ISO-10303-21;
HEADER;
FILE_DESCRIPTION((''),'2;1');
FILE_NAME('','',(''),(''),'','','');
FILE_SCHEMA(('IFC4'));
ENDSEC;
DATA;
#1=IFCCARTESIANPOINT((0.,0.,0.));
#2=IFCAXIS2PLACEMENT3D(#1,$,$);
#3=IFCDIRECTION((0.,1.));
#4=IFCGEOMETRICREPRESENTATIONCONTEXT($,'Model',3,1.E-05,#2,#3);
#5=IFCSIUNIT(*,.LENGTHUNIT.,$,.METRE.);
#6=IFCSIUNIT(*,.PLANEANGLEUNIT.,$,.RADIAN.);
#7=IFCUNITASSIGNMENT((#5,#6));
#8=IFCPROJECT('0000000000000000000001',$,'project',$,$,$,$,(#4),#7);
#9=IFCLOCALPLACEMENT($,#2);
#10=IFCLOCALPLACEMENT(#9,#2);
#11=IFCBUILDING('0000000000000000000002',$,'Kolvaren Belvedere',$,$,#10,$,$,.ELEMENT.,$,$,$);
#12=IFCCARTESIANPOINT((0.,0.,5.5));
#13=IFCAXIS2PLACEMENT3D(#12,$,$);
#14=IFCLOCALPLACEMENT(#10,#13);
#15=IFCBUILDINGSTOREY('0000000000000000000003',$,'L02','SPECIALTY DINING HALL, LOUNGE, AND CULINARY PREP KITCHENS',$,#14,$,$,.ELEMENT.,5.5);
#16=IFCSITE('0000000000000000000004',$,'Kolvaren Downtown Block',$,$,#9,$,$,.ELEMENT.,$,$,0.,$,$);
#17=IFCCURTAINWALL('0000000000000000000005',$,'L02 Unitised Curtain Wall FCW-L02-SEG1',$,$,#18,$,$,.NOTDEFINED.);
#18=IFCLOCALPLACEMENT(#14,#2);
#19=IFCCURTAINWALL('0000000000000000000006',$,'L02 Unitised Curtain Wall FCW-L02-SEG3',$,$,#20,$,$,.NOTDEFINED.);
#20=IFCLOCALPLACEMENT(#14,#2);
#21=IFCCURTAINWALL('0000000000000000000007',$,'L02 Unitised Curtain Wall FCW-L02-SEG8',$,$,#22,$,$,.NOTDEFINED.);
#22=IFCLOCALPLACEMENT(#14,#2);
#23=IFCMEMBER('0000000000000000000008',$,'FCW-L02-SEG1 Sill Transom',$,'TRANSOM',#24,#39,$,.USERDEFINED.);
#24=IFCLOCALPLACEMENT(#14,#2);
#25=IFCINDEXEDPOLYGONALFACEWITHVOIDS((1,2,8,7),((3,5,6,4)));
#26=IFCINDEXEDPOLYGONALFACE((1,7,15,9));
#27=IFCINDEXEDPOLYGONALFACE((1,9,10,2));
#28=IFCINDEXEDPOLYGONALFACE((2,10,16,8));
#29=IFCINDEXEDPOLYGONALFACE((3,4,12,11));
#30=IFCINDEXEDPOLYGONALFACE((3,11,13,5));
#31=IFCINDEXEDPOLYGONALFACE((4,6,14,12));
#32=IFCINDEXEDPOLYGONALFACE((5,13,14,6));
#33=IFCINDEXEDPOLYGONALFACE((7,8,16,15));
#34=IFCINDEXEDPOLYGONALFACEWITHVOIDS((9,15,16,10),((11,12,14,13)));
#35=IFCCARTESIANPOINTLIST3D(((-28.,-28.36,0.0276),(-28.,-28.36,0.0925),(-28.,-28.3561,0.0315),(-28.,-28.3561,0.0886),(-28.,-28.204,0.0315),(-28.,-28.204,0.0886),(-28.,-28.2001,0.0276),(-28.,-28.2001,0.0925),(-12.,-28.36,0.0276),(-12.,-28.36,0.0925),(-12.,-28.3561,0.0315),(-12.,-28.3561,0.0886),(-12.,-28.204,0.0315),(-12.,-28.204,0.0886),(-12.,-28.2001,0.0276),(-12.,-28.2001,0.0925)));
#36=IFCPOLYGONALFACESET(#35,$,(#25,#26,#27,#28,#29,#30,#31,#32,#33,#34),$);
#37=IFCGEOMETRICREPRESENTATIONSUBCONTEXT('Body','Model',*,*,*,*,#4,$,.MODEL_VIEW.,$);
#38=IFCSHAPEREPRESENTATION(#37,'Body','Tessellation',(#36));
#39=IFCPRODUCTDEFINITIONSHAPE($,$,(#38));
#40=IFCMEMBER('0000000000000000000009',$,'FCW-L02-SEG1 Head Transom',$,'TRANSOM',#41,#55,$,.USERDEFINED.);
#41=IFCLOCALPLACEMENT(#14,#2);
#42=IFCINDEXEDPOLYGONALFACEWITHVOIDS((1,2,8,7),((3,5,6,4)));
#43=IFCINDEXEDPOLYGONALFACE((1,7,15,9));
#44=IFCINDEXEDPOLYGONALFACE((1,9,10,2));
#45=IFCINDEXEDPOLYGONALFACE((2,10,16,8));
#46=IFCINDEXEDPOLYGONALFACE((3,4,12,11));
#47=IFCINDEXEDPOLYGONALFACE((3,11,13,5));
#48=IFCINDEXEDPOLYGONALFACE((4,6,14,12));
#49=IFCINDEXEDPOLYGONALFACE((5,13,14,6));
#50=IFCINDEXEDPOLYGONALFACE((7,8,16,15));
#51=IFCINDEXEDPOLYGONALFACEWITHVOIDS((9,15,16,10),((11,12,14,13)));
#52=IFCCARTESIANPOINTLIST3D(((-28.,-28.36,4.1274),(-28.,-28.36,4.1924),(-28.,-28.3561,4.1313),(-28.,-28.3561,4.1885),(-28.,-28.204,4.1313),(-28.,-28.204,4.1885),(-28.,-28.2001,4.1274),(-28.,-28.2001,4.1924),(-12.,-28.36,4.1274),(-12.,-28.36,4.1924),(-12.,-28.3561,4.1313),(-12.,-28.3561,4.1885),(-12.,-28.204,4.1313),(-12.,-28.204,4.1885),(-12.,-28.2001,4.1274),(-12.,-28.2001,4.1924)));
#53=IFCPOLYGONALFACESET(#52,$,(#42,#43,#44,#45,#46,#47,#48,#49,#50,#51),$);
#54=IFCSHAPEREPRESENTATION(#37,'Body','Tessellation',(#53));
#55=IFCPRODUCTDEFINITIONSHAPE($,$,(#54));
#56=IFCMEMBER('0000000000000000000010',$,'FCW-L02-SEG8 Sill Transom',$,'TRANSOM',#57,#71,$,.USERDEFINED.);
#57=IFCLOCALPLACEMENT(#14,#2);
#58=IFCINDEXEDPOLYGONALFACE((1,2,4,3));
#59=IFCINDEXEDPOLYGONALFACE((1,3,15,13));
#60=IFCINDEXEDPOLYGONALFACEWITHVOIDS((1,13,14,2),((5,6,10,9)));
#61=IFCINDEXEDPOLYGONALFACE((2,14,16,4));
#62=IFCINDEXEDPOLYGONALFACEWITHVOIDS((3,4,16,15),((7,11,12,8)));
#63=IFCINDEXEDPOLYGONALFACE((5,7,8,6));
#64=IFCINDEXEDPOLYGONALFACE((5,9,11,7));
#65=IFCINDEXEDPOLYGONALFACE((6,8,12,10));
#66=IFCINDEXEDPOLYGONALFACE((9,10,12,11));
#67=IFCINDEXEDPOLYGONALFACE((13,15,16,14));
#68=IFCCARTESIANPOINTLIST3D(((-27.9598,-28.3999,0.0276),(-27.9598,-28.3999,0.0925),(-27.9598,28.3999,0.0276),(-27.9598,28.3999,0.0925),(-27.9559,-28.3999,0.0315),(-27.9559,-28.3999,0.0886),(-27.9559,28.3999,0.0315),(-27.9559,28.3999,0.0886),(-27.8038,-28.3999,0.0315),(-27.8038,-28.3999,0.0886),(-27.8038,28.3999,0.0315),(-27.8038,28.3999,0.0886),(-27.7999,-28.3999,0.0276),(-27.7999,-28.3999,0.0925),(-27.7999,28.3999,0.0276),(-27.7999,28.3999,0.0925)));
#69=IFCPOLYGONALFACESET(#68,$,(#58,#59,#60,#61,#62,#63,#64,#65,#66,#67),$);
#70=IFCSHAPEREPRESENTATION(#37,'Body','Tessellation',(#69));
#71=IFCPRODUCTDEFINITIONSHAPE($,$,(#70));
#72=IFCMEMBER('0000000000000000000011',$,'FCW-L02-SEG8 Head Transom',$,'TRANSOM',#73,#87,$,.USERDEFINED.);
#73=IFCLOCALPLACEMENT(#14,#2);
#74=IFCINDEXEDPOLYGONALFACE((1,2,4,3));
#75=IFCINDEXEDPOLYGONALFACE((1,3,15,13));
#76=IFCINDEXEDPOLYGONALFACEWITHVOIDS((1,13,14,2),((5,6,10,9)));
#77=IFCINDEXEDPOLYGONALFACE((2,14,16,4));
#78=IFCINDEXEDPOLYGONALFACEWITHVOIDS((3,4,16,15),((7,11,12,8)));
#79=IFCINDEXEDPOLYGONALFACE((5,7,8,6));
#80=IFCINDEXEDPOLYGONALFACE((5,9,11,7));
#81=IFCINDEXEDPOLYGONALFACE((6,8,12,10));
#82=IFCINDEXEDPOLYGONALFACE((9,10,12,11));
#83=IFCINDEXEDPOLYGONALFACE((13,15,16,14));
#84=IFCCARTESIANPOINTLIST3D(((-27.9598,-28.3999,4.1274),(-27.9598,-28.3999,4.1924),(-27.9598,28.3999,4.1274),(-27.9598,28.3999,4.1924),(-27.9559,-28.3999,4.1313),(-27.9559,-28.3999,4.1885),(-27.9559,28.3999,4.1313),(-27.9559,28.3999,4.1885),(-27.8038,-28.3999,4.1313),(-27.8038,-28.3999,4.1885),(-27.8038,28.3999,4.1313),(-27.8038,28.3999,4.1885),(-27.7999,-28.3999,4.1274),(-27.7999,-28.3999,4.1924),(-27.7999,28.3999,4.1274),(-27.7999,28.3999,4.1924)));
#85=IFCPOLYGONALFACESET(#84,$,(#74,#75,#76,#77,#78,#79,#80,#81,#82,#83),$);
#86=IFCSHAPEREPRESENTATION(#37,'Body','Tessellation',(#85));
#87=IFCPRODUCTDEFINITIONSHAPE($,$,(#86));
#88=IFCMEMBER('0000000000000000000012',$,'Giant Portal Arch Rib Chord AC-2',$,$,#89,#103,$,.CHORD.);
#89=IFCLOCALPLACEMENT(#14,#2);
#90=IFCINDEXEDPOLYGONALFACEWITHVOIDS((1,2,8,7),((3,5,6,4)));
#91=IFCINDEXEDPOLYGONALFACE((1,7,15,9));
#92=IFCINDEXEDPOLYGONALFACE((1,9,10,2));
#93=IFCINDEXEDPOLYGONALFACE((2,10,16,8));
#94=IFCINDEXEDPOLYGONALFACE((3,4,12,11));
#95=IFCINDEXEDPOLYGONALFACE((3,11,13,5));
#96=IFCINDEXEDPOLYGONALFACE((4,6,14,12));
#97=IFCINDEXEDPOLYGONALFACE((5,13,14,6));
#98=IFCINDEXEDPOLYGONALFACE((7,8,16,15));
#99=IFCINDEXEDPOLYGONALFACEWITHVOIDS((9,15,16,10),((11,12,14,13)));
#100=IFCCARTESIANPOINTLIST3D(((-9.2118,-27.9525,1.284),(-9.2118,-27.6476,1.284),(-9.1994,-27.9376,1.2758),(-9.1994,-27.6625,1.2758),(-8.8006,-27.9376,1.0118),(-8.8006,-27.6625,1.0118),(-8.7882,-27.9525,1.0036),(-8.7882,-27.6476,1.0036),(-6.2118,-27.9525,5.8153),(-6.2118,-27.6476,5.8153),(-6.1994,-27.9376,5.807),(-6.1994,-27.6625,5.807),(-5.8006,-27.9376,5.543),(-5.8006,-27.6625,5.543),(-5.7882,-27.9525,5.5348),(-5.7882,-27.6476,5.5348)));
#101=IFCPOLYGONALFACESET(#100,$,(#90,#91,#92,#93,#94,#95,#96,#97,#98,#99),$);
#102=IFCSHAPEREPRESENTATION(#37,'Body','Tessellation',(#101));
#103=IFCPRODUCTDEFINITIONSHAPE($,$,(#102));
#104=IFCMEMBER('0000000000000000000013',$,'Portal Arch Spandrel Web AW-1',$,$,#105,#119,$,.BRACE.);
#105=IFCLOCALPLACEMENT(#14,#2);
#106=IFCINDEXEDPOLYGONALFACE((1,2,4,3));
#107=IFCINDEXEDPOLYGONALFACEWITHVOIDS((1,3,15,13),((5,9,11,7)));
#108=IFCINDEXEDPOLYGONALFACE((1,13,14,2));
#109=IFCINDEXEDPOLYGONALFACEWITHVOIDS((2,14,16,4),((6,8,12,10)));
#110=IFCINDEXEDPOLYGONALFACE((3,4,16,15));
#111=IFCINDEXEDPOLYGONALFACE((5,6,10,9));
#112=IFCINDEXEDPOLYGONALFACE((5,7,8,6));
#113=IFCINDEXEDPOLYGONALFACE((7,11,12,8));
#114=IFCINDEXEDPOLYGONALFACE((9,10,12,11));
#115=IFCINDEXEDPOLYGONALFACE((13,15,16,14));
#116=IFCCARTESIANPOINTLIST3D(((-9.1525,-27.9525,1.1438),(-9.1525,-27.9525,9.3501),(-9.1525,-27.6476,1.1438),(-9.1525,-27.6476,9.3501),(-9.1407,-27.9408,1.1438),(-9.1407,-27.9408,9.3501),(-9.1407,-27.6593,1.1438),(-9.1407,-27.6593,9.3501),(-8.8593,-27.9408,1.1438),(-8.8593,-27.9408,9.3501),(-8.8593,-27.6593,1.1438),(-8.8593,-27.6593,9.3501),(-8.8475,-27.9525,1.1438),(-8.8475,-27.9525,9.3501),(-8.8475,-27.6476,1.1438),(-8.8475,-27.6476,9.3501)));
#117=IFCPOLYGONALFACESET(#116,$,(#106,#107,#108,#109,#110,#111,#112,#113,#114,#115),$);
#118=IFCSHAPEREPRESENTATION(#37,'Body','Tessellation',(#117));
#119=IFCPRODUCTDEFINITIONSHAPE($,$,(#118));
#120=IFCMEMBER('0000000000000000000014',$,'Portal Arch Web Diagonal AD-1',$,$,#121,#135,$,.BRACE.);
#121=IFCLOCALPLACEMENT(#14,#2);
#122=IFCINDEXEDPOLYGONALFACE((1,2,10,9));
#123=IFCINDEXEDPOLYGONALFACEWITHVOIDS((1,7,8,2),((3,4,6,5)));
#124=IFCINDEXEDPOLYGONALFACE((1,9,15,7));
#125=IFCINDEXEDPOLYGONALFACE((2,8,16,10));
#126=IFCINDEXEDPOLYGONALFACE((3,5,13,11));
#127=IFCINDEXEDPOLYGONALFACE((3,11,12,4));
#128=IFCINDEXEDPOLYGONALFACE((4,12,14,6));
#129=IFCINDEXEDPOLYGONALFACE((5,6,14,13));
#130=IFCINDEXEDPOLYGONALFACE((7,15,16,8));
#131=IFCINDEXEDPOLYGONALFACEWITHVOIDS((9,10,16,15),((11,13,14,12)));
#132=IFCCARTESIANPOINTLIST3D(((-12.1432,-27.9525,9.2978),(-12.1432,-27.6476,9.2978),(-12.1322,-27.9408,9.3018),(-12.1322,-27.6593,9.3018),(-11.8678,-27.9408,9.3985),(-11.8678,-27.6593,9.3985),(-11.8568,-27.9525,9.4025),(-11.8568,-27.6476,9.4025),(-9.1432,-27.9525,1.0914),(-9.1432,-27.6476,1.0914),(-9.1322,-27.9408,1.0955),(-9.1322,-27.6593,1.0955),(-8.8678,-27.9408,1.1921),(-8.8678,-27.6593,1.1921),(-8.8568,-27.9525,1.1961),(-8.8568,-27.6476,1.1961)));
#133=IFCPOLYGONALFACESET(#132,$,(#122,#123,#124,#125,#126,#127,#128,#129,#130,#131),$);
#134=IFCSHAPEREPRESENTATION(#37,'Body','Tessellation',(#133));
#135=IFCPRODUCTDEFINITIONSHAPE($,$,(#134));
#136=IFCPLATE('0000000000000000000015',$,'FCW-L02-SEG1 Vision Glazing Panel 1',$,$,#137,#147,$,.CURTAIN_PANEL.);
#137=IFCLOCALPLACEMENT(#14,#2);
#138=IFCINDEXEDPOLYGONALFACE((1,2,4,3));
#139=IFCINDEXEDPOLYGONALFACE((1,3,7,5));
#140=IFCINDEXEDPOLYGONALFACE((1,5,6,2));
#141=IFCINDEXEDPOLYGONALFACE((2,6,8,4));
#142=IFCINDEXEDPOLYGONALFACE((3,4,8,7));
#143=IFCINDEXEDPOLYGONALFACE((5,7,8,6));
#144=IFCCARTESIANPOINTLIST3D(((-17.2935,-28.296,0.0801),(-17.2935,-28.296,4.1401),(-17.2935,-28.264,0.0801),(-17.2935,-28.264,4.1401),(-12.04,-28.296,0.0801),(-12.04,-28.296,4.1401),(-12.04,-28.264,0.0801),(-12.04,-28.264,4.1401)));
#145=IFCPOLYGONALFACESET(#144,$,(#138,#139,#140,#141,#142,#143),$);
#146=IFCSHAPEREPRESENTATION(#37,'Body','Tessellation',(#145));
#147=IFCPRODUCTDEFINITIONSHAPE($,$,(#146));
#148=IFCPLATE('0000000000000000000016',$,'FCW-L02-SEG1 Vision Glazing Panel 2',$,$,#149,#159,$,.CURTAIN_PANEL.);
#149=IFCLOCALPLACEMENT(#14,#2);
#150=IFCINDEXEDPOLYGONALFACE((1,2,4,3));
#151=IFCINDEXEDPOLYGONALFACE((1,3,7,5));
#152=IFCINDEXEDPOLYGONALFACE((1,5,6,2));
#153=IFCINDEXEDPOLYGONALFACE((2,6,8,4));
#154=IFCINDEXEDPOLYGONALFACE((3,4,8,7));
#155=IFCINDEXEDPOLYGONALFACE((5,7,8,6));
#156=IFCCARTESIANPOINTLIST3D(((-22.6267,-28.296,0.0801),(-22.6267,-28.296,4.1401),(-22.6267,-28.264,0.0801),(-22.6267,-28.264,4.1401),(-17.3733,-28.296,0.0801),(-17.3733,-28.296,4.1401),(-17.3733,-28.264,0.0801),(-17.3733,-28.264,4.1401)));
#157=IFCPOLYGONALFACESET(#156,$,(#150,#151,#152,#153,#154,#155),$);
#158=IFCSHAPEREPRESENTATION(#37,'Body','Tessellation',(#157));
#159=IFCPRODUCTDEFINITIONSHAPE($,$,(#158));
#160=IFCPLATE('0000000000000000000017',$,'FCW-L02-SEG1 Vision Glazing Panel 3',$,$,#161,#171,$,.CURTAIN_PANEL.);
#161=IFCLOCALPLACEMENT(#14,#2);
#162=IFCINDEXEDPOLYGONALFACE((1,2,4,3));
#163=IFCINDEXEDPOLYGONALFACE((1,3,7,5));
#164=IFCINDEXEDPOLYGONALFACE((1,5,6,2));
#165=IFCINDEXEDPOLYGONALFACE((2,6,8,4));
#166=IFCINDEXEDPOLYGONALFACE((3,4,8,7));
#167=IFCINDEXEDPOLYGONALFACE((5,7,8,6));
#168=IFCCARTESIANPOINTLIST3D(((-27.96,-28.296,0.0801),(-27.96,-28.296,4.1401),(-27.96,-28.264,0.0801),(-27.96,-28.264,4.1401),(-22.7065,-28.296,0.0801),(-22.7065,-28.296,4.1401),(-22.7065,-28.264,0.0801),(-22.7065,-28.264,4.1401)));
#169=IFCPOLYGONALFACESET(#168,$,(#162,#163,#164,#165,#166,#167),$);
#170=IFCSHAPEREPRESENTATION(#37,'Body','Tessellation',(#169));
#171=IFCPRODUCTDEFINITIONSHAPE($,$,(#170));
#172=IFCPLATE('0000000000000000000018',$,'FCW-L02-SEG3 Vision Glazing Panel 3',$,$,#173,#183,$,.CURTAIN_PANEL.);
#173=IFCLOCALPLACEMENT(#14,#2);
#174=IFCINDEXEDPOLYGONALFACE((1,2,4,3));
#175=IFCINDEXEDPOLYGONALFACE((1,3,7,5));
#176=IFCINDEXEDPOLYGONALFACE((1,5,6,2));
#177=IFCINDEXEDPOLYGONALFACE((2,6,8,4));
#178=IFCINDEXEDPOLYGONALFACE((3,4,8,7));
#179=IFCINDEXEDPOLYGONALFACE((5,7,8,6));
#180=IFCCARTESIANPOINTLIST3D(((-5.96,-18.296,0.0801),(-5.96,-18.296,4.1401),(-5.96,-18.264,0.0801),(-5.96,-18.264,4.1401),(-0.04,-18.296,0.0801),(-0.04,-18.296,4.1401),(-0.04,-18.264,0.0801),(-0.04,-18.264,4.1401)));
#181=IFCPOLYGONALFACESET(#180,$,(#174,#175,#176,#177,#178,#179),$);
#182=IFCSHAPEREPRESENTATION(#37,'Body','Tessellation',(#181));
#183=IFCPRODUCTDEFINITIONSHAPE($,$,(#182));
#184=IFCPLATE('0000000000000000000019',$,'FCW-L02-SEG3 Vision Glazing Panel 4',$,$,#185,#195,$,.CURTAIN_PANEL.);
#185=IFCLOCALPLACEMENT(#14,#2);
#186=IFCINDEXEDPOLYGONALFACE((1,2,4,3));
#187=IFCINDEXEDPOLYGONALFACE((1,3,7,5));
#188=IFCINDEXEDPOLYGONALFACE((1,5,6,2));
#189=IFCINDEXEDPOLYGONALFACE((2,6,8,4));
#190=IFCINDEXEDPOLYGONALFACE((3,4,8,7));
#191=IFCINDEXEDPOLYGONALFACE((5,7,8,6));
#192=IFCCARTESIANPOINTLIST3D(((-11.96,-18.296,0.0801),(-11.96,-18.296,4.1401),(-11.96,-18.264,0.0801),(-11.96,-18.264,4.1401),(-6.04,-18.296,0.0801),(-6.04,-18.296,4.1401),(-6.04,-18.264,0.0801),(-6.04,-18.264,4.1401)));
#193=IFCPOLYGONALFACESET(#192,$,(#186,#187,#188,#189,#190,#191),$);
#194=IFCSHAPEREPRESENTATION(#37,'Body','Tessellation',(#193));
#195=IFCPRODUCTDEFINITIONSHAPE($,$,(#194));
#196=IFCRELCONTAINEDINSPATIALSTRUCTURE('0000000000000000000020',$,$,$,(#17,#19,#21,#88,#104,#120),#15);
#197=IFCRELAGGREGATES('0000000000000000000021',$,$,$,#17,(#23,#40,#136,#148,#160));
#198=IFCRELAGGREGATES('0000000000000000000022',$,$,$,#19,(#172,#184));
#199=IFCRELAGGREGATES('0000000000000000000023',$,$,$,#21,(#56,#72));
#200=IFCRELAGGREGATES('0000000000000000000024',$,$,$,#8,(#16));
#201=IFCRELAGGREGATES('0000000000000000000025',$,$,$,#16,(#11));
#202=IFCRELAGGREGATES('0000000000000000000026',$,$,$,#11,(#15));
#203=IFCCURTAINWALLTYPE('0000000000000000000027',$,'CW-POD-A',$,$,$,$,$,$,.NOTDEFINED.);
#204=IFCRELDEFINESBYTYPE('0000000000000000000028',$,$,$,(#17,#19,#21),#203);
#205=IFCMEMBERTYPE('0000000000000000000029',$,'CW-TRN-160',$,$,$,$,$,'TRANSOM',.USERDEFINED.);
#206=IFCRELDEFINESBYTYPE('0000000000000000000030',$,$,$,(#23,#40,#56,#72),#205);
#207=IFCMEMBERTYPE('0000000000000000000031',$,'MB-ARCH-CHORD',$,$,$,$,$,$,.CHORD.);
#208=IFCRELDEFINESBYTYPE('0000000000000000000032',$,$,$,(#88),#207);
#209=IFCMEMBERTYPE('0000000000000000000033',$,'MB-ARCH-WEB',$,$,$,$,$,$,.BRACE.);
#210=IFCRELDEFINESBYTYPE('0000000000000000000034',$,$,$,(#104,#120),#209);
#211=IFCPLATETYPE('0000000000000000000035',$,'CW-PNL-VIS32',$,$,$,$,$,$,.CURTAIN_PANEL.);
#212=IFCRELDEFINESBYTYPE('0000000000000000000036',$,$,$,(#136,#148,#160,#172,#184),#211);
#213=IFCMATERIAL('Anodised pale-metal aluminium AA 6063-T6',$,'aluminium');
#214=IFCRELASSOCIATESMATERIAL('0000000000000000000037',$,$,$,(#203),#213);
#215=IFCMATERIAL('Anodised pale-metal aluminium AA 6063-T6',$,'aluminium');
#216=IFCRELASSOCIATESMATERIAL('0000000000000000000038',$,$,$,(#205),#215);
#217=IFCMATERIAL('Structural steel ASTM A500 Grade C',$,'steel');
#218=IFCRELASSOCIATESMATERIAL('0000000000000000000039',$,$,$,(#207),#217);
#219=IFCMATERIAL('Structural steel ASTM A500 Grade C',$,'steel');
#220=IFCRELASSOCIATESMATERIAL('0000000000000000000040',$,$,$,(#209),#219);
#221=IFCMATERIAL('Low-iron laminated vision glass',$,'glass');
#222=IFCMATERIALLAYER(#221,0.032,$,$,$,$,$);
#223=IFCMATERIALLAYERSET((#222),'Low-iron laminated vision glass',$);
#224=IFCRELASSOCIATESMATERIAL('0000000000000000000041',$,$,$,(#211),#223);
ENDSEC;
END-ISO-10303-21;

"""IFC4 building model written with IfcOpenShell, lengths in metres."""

from ifc_helpers import new_model, si_unit, direction, frame, origin, origin_2d, place, context, subcontext, project, spatial, rectangle, hollow_rectangle, extrude, material, layer, layer_set, material_profile, profile_set, type_object, element, aggregate, save


model = new_model("IFC4")

# Units and contexts
model_context = context("Model", 3, precision=1e-05, world=origin(), true_north=direction((0.0, 1.0)))
body_context = subcontext(model_context, "Body", "Model", "MODEL_VIEW")
ifc_project = project(units=[si_unit("LENGTHUNIT", "METRE"), si_unit("PLANEANGLEUNIT", "RADIAN")], contexts=[model_context])

# Site, building, storey
site_placement = place(None, origin())
site = spatial("IfcSite", under=ifc_project, at=site_placement, Name="Kolvaren Downtown Block", CompositionType="ELEMENT", RefElevation=0.0)
building_placement = place(site_placement, origin())
building = spatial("IfcBuilding", under=site, at=building_placement, Name="Kolvaren Belvedere", CompositionType="ELEMENT")
storey_placement = place(building_placement, frame((0.0, 0.0, 5.5)))
storey = spatial("IfcBuildingStorey", under=building, at=storey_placement, Name="L02", Description="SPECIALTY DINING HALL, LOUNGE, AND CULINARY PREP KITCHENS", CompositionType="ELEMENT", Elevation=5.5)

# Curtain walls
ifc_material_1 = material(Name="Anodised pale-metal aluminium AA 6063-T6", Category="aluminium")
curtain_wall_type = type_object("IfcCurtainWallType", Name="CW-POD-A", PredefinedType="NOTDEFINED", material=ifc_material_1)
curtain_wall_1_placement = place(storey_placement, origin())
curtain_wall_1 = element("IfcCurtainWall", 1, at=curtain_wall_1_placement, inside=storey, type_object=curtain_wall_type, Name="L02 Unitised Curtain Wall FCW-L02-SEG1", PredefinedType="NOTDEFINED")
curtain_wall_2_placement = place(storey_placement, origin())
curtain_wall_2 = element("IfcCurtainWall", 2, at=curtain_wall_2_placement, inside=storey, type_object=curtain_wall_type, Name="L02 Unitised Curtain Wall FCW-L02-SEG3", PredefinedType="NOTDEFINED")
curtain_wall_3_placement = place(storey_placement, origin())
curtain_wall_3 = element("IfcCurtainWall", 3, at=curtain_wall_3_placement, inside=storey, type_object=curtain_wall_type, Name="L02 Unitised Curtain Wall FCW-L02-SEG8", PredefinedType="NOTDEFINED")

# Members
ifc_material_2 = material(Name="Anodised pale-metal aluminium AA 6063-T6", Category="aluminium")
ifc_material_profile_1 = material_profile(ifc_material_2, hollow_rectangle(XDim=0.0649, YDim=0.1599, WallThickness=0.0039, at=origin_2d()), Name="ALU-TRN-160X65")
ifc_profile_set_1 = profile_set([ifc_material_profile_1], Name="Anodised pale-metal aluminium AA 6063-T6")
member_type_1 = type_object("IfcMemberType", Name="CW-TRN-160", ElementType="TRANSOM", PredefinedType="USERDEFINED", material=ifc_profile_set_1)
member_1_placement = place(storey_placement, frame((-12.0, -28.28, 0.0601), z_axis=(-1.0, 0.0, 0.0), x_axis=(0.0, 0.0, 1.0)))
member_1 = element("IfcMember", 4, at=member_1_placement, type_object=member_type_1, Name="FCW-L02-SEG1 Sill Transom", ObjectType="TRANSOM", PredefinedType="USERDEFINED", context=body_context, shape_type="SweptSolid", body=[
    extrude(hollow_rectangle(XDim=0.0649, YDim=0.1599, WallThickness=0.0039, at=origin_2d()), origin(), (0.0, 0.0, 1.0), 16.0),
])
member_2_placement = place(storey_placement, frame((-12.0, -28.28, 4.1599), z_axis=(-1.0, 0.0, 0.0), x_axis=(0.0, 0.0, 1.0)))
member_2 = element("IfcMember", 5, at=member_2_placement, type_object=member_type_1, Name="FCW-L02-SEG1 Head Transom", ObjectType="TRANSOM", PredefinedType="USERDEFINED", context=body_context, shape_type="SweptSolid", body=[
    extrude(hollow_rectangle(XDim=0.0649, YDim=0.1599, WallThickness=0.0039, at=origin_2d()), origin(), (0.0, 0.0, 1.0), 16.0),
])
member_3_placement = place(storey_placement, frame((-27.8799, -28.3999, 0.0601), z_axis=(0.0, 1.0, 0.0), x_axis=(0.0, 0.0, 1.0)))
member_3 = element("IfcMember", 6, at=member_3_placement, type_object=member_type_1, Name="FCW-L02-SEG8 Sill Transom", ObjectType="TRANSOM", PredefinedType="USERDEFINED", context=body_context, shape_type="SweptSolid", body=[
    extrude(hollow_rectangle(XDim=0.0649, YDim=0.1599, WallThickness=0.0039, at=origin_2d()), origin(), (0.0, 0.0, 1.0), 56.7998),
])
member_4_placement = place(storey_placement, frame((-27.8799, -28.3999, 4.1599), z_axis=(0.0, 1.0, 0.0), x_axis=(0.0, 0.0, 1.0)))
member_4 = element("IfcMember", 7, at=member_4_placement, type_object=member_type_1, Name="FCW-L02-SEG8 Head Transom", ObjectType="TRANSOM", PredefinedType="USERDEFINED", context=body_context, shape_type="SweptSolid", body=[
    extrude(hollow_rectangle(XDim=0.0649, YDim=0.1599, WallThickness=0.0039, at=origin_2d()), origin(), (0.0, 0.0, 1.0), 56.7998),
])

# Members
ifc_material_3 = material(Name="Structural steel ASTM A500 Grade C", Category="steel")
ifc_material_profile_2 = material_profile(ifc_material_3, hollow_rectangle(XDim=0.3049, YDim=0.5081, WallThickness=0.0149, at=origin_2d()), Name="HSS20X12X5/8")
ifc_profile_set_2 = profile_set([ifc_material_profile_2], Name="Structural steel ASTM A500 Grade C")
member_type_2 = type_object("IfcMemberType", Name="MB-ARCH-CHORD", PredefinedType="CHORD", material=ifc_profile_set_2)
member_5_placement = place(storey_placement, frame((-9.0, -27.8, 1.1438), z_axis=(0.552043, 0.0, 0.833815), x_axis=(0.0, 1.0, 0.0)))
element("IfcMember", 8, at=member_5_placement, inside=storey, type_object=member_type_2, Name="Giant Portal Arch Rib Chord AC-2", PredefinedType="CHORD", context=body_context, shape_type="SweptSolid", body=[
    extrude(hollow_rectangle(XDim=0.3049, YDim=0.5081, WallThickness=0.0149, at=origin_2d()), origin(), (0.0, 0.0, 1.0), 5.4343),
])
ifc_material_4 = material(Name="Structural steel ASTM A500 Grade C", Category="steel")
ifc_material_profile_3 = material_profile(ifc_material_4, hollow_rectangle(XDim=0.3049, YDim=0.3049, WallThickness=0.0117, at=origin_2d()), Name="HSS12X12X1/2")
ifc_profile_set_3 = profile_set([ifc_material_profile_3], Name="Structural steel ASTM A500 Grade C")
member_type_3 = type_object("IfcMemberType", Name="MB-ARCH-WEB", PredefinedType="BRACE", material=ifc_profile_set_3)
member_6_placement = place(storey_placement, frame((-9.0, -27.8, 1.1438), z_axis=(0.0, 0.0, 1.0), x_axis=(1.0, 0.0, 0.0)))
element("IfcMember", 9, at=member_6_placement, inside=storey, type_object=member_type_3, Name="Portal Arch Spandrel Web AW-1", PredefinedType="BRACE", context=body_context, shape_type="SweptSolid", body=[
    extrude(hollow_rectangle(XDim=0.3049, YDim=0.3049, WallThickness=0.0117, at=origin_2d()), origin(), (0.0, 0.0, 1.0), 8.2063),
])
member_7_placement = place(storey_placement, frame((-9.0, -27.8, 1.1438), z_axis=(-0.343349, 0.0, 0.939208), x_axis=(0.0, -1.0, 0.0)))
element("IfcMember", 10, at=member_7_placement, inside=storey, type_object=member_type_3, Name="Portal Arch Web Diagonal AD-1", PredefinedType="BRACE", context=body_context, shape_type="SweptSolid", body=[
    extrude(hollow_rectangle(XDim=0.3049, YDim=0.3049, WallThickness=0.0117, at=origin_2d()), origin(), (0.0, 0.0, 1.0), 8.7375),
])

# Plates
ifc_material_5 = material(Name="Low-iron laminated vision glass", Category="glass")
ifc_layer_1 = layer(ifc_material_5, 0.032)
ifc_layer_set_1 = layer_set([ifc_layer_1], Name="Low-iron laminated vision glass")
plate_type_1 = type_object("IfcPlateType", Name="CW-PNL-VIS32", PredefinedType="CURTAIN_PANEL", material=ifc_layer_set_1)
plate_1_placement = place(storey_placement, frame((-14.6667, -28.28, 0.0801), z_axis=(0.0, 0.0, 1.0), x_axis=(-1.0, 0.0, 0.0)))
plate_1 = element("IfcPlate", 11, at=plate_1_placement, type_object=plate_type_1, Name="FCW-L02-SEG1 Vision Glazing Panel 1", PredefinedType="CURTAIN_PANEL", context=body_context, shape_type="SweptSolid", body=[
    extrude(rectangle(XDim=5.2534, YDim=0.032, at=origin_2d()), origin(), (0.0, 0.0, 1.0), 4.0601),
])
plate_2_placement = place(storey_placement, frame((-20.0, -28.28, 0.0801), z_axis=(0.0, 0.0, 1.0), x_axis=(-1.0, 0.0, 0.0)))
plate_2 = element("IfcPlate", 12, at=plate_2_placement, type_object=plate_type_1, Name="FCW-L02-SEG1 Vision Glazing Panel 2", PredefinedType="CURTAIN_PANEL", context=body_context, shape_type="SweptSolid", body=[
    extrude(rectangle(XDim=5.2534, YDim=0.032, at=origin_2d()), origin(), (0.0, 0.0, 1.0), 4.0601),
])
plate_3_placement = place(storey_placement, frame((-25.3333, -28.28, 0.0801), z_axis=(0.0, 0.0, 1.0), x_axis=(-1.0, 0.0, 0.0)))
plate_3 = element("IfcPlate", 13, at=plate_3_placement, type_object=plate_type_1, Name="FCW-L02-SEG1 Vision Glazing Panel 3", PredefinedType="CURTAIN_PANEL", context=body_context, shape_type="SweptSolid", body=[
    extrude(rectangle(XDim=5.2534, YDim=0.032, at=origin_2d()), origin(), (0.0, 0.0, 1.0), 4.0601),
])
aggregate(curtain_wall_1, [member_1, member_2, plate_1, plate_2, plate_3])
plate_4_placement = place(storey_placement, frame((-3.0, -18.28, 0.0801), z_axis=(0.0, 0.0, 1.0), x_axis=(-1.0, 0.0, 0.0)))
plate_4 = element("IfcPlate", 14, at=plate_4_placement, type_object=plate_type_1, Name="FCW-L02-SEG3 Vision Glazing Panel 3", PredefinedType="CURTAIN_PANEL", context=body_context, shape_type="SweptSolid", body=[
    extrude(rectangle(XDim=5.9199, YDim=0.032, at=origin_2d()), origin(), (0.0, 0.0, 1.0), 4.0601),
])
plate_5_placement = place(storey_placement, frame((-9.0, -18.28, 0.0801), z_axis=(0.0, 0.0, 1.0), x_axis=(-1.0, 0.0, 0.0)))
plate_5 = element("IfcPlate", 15, at=plate_5_placement, type_object=plate_type_1, Name="FCW-L02-SEG3 Vision Glazing Panel 4", PredefinedType="CURTAIN_PANEL", context=body_context, shape_type="SweptSolid", body=[
    extrude(rectangle(XDim=5.9199, YDim=0.032, at=origin_2d()), origin(), (0.0, 0.0, 1.0), 4.0601),
])
aggregate(curtain_wall_2, [plate_4, plate_5])
aggregate(curtain_wall_3, [member_3, member_4])

save(model, "model.ifc")
